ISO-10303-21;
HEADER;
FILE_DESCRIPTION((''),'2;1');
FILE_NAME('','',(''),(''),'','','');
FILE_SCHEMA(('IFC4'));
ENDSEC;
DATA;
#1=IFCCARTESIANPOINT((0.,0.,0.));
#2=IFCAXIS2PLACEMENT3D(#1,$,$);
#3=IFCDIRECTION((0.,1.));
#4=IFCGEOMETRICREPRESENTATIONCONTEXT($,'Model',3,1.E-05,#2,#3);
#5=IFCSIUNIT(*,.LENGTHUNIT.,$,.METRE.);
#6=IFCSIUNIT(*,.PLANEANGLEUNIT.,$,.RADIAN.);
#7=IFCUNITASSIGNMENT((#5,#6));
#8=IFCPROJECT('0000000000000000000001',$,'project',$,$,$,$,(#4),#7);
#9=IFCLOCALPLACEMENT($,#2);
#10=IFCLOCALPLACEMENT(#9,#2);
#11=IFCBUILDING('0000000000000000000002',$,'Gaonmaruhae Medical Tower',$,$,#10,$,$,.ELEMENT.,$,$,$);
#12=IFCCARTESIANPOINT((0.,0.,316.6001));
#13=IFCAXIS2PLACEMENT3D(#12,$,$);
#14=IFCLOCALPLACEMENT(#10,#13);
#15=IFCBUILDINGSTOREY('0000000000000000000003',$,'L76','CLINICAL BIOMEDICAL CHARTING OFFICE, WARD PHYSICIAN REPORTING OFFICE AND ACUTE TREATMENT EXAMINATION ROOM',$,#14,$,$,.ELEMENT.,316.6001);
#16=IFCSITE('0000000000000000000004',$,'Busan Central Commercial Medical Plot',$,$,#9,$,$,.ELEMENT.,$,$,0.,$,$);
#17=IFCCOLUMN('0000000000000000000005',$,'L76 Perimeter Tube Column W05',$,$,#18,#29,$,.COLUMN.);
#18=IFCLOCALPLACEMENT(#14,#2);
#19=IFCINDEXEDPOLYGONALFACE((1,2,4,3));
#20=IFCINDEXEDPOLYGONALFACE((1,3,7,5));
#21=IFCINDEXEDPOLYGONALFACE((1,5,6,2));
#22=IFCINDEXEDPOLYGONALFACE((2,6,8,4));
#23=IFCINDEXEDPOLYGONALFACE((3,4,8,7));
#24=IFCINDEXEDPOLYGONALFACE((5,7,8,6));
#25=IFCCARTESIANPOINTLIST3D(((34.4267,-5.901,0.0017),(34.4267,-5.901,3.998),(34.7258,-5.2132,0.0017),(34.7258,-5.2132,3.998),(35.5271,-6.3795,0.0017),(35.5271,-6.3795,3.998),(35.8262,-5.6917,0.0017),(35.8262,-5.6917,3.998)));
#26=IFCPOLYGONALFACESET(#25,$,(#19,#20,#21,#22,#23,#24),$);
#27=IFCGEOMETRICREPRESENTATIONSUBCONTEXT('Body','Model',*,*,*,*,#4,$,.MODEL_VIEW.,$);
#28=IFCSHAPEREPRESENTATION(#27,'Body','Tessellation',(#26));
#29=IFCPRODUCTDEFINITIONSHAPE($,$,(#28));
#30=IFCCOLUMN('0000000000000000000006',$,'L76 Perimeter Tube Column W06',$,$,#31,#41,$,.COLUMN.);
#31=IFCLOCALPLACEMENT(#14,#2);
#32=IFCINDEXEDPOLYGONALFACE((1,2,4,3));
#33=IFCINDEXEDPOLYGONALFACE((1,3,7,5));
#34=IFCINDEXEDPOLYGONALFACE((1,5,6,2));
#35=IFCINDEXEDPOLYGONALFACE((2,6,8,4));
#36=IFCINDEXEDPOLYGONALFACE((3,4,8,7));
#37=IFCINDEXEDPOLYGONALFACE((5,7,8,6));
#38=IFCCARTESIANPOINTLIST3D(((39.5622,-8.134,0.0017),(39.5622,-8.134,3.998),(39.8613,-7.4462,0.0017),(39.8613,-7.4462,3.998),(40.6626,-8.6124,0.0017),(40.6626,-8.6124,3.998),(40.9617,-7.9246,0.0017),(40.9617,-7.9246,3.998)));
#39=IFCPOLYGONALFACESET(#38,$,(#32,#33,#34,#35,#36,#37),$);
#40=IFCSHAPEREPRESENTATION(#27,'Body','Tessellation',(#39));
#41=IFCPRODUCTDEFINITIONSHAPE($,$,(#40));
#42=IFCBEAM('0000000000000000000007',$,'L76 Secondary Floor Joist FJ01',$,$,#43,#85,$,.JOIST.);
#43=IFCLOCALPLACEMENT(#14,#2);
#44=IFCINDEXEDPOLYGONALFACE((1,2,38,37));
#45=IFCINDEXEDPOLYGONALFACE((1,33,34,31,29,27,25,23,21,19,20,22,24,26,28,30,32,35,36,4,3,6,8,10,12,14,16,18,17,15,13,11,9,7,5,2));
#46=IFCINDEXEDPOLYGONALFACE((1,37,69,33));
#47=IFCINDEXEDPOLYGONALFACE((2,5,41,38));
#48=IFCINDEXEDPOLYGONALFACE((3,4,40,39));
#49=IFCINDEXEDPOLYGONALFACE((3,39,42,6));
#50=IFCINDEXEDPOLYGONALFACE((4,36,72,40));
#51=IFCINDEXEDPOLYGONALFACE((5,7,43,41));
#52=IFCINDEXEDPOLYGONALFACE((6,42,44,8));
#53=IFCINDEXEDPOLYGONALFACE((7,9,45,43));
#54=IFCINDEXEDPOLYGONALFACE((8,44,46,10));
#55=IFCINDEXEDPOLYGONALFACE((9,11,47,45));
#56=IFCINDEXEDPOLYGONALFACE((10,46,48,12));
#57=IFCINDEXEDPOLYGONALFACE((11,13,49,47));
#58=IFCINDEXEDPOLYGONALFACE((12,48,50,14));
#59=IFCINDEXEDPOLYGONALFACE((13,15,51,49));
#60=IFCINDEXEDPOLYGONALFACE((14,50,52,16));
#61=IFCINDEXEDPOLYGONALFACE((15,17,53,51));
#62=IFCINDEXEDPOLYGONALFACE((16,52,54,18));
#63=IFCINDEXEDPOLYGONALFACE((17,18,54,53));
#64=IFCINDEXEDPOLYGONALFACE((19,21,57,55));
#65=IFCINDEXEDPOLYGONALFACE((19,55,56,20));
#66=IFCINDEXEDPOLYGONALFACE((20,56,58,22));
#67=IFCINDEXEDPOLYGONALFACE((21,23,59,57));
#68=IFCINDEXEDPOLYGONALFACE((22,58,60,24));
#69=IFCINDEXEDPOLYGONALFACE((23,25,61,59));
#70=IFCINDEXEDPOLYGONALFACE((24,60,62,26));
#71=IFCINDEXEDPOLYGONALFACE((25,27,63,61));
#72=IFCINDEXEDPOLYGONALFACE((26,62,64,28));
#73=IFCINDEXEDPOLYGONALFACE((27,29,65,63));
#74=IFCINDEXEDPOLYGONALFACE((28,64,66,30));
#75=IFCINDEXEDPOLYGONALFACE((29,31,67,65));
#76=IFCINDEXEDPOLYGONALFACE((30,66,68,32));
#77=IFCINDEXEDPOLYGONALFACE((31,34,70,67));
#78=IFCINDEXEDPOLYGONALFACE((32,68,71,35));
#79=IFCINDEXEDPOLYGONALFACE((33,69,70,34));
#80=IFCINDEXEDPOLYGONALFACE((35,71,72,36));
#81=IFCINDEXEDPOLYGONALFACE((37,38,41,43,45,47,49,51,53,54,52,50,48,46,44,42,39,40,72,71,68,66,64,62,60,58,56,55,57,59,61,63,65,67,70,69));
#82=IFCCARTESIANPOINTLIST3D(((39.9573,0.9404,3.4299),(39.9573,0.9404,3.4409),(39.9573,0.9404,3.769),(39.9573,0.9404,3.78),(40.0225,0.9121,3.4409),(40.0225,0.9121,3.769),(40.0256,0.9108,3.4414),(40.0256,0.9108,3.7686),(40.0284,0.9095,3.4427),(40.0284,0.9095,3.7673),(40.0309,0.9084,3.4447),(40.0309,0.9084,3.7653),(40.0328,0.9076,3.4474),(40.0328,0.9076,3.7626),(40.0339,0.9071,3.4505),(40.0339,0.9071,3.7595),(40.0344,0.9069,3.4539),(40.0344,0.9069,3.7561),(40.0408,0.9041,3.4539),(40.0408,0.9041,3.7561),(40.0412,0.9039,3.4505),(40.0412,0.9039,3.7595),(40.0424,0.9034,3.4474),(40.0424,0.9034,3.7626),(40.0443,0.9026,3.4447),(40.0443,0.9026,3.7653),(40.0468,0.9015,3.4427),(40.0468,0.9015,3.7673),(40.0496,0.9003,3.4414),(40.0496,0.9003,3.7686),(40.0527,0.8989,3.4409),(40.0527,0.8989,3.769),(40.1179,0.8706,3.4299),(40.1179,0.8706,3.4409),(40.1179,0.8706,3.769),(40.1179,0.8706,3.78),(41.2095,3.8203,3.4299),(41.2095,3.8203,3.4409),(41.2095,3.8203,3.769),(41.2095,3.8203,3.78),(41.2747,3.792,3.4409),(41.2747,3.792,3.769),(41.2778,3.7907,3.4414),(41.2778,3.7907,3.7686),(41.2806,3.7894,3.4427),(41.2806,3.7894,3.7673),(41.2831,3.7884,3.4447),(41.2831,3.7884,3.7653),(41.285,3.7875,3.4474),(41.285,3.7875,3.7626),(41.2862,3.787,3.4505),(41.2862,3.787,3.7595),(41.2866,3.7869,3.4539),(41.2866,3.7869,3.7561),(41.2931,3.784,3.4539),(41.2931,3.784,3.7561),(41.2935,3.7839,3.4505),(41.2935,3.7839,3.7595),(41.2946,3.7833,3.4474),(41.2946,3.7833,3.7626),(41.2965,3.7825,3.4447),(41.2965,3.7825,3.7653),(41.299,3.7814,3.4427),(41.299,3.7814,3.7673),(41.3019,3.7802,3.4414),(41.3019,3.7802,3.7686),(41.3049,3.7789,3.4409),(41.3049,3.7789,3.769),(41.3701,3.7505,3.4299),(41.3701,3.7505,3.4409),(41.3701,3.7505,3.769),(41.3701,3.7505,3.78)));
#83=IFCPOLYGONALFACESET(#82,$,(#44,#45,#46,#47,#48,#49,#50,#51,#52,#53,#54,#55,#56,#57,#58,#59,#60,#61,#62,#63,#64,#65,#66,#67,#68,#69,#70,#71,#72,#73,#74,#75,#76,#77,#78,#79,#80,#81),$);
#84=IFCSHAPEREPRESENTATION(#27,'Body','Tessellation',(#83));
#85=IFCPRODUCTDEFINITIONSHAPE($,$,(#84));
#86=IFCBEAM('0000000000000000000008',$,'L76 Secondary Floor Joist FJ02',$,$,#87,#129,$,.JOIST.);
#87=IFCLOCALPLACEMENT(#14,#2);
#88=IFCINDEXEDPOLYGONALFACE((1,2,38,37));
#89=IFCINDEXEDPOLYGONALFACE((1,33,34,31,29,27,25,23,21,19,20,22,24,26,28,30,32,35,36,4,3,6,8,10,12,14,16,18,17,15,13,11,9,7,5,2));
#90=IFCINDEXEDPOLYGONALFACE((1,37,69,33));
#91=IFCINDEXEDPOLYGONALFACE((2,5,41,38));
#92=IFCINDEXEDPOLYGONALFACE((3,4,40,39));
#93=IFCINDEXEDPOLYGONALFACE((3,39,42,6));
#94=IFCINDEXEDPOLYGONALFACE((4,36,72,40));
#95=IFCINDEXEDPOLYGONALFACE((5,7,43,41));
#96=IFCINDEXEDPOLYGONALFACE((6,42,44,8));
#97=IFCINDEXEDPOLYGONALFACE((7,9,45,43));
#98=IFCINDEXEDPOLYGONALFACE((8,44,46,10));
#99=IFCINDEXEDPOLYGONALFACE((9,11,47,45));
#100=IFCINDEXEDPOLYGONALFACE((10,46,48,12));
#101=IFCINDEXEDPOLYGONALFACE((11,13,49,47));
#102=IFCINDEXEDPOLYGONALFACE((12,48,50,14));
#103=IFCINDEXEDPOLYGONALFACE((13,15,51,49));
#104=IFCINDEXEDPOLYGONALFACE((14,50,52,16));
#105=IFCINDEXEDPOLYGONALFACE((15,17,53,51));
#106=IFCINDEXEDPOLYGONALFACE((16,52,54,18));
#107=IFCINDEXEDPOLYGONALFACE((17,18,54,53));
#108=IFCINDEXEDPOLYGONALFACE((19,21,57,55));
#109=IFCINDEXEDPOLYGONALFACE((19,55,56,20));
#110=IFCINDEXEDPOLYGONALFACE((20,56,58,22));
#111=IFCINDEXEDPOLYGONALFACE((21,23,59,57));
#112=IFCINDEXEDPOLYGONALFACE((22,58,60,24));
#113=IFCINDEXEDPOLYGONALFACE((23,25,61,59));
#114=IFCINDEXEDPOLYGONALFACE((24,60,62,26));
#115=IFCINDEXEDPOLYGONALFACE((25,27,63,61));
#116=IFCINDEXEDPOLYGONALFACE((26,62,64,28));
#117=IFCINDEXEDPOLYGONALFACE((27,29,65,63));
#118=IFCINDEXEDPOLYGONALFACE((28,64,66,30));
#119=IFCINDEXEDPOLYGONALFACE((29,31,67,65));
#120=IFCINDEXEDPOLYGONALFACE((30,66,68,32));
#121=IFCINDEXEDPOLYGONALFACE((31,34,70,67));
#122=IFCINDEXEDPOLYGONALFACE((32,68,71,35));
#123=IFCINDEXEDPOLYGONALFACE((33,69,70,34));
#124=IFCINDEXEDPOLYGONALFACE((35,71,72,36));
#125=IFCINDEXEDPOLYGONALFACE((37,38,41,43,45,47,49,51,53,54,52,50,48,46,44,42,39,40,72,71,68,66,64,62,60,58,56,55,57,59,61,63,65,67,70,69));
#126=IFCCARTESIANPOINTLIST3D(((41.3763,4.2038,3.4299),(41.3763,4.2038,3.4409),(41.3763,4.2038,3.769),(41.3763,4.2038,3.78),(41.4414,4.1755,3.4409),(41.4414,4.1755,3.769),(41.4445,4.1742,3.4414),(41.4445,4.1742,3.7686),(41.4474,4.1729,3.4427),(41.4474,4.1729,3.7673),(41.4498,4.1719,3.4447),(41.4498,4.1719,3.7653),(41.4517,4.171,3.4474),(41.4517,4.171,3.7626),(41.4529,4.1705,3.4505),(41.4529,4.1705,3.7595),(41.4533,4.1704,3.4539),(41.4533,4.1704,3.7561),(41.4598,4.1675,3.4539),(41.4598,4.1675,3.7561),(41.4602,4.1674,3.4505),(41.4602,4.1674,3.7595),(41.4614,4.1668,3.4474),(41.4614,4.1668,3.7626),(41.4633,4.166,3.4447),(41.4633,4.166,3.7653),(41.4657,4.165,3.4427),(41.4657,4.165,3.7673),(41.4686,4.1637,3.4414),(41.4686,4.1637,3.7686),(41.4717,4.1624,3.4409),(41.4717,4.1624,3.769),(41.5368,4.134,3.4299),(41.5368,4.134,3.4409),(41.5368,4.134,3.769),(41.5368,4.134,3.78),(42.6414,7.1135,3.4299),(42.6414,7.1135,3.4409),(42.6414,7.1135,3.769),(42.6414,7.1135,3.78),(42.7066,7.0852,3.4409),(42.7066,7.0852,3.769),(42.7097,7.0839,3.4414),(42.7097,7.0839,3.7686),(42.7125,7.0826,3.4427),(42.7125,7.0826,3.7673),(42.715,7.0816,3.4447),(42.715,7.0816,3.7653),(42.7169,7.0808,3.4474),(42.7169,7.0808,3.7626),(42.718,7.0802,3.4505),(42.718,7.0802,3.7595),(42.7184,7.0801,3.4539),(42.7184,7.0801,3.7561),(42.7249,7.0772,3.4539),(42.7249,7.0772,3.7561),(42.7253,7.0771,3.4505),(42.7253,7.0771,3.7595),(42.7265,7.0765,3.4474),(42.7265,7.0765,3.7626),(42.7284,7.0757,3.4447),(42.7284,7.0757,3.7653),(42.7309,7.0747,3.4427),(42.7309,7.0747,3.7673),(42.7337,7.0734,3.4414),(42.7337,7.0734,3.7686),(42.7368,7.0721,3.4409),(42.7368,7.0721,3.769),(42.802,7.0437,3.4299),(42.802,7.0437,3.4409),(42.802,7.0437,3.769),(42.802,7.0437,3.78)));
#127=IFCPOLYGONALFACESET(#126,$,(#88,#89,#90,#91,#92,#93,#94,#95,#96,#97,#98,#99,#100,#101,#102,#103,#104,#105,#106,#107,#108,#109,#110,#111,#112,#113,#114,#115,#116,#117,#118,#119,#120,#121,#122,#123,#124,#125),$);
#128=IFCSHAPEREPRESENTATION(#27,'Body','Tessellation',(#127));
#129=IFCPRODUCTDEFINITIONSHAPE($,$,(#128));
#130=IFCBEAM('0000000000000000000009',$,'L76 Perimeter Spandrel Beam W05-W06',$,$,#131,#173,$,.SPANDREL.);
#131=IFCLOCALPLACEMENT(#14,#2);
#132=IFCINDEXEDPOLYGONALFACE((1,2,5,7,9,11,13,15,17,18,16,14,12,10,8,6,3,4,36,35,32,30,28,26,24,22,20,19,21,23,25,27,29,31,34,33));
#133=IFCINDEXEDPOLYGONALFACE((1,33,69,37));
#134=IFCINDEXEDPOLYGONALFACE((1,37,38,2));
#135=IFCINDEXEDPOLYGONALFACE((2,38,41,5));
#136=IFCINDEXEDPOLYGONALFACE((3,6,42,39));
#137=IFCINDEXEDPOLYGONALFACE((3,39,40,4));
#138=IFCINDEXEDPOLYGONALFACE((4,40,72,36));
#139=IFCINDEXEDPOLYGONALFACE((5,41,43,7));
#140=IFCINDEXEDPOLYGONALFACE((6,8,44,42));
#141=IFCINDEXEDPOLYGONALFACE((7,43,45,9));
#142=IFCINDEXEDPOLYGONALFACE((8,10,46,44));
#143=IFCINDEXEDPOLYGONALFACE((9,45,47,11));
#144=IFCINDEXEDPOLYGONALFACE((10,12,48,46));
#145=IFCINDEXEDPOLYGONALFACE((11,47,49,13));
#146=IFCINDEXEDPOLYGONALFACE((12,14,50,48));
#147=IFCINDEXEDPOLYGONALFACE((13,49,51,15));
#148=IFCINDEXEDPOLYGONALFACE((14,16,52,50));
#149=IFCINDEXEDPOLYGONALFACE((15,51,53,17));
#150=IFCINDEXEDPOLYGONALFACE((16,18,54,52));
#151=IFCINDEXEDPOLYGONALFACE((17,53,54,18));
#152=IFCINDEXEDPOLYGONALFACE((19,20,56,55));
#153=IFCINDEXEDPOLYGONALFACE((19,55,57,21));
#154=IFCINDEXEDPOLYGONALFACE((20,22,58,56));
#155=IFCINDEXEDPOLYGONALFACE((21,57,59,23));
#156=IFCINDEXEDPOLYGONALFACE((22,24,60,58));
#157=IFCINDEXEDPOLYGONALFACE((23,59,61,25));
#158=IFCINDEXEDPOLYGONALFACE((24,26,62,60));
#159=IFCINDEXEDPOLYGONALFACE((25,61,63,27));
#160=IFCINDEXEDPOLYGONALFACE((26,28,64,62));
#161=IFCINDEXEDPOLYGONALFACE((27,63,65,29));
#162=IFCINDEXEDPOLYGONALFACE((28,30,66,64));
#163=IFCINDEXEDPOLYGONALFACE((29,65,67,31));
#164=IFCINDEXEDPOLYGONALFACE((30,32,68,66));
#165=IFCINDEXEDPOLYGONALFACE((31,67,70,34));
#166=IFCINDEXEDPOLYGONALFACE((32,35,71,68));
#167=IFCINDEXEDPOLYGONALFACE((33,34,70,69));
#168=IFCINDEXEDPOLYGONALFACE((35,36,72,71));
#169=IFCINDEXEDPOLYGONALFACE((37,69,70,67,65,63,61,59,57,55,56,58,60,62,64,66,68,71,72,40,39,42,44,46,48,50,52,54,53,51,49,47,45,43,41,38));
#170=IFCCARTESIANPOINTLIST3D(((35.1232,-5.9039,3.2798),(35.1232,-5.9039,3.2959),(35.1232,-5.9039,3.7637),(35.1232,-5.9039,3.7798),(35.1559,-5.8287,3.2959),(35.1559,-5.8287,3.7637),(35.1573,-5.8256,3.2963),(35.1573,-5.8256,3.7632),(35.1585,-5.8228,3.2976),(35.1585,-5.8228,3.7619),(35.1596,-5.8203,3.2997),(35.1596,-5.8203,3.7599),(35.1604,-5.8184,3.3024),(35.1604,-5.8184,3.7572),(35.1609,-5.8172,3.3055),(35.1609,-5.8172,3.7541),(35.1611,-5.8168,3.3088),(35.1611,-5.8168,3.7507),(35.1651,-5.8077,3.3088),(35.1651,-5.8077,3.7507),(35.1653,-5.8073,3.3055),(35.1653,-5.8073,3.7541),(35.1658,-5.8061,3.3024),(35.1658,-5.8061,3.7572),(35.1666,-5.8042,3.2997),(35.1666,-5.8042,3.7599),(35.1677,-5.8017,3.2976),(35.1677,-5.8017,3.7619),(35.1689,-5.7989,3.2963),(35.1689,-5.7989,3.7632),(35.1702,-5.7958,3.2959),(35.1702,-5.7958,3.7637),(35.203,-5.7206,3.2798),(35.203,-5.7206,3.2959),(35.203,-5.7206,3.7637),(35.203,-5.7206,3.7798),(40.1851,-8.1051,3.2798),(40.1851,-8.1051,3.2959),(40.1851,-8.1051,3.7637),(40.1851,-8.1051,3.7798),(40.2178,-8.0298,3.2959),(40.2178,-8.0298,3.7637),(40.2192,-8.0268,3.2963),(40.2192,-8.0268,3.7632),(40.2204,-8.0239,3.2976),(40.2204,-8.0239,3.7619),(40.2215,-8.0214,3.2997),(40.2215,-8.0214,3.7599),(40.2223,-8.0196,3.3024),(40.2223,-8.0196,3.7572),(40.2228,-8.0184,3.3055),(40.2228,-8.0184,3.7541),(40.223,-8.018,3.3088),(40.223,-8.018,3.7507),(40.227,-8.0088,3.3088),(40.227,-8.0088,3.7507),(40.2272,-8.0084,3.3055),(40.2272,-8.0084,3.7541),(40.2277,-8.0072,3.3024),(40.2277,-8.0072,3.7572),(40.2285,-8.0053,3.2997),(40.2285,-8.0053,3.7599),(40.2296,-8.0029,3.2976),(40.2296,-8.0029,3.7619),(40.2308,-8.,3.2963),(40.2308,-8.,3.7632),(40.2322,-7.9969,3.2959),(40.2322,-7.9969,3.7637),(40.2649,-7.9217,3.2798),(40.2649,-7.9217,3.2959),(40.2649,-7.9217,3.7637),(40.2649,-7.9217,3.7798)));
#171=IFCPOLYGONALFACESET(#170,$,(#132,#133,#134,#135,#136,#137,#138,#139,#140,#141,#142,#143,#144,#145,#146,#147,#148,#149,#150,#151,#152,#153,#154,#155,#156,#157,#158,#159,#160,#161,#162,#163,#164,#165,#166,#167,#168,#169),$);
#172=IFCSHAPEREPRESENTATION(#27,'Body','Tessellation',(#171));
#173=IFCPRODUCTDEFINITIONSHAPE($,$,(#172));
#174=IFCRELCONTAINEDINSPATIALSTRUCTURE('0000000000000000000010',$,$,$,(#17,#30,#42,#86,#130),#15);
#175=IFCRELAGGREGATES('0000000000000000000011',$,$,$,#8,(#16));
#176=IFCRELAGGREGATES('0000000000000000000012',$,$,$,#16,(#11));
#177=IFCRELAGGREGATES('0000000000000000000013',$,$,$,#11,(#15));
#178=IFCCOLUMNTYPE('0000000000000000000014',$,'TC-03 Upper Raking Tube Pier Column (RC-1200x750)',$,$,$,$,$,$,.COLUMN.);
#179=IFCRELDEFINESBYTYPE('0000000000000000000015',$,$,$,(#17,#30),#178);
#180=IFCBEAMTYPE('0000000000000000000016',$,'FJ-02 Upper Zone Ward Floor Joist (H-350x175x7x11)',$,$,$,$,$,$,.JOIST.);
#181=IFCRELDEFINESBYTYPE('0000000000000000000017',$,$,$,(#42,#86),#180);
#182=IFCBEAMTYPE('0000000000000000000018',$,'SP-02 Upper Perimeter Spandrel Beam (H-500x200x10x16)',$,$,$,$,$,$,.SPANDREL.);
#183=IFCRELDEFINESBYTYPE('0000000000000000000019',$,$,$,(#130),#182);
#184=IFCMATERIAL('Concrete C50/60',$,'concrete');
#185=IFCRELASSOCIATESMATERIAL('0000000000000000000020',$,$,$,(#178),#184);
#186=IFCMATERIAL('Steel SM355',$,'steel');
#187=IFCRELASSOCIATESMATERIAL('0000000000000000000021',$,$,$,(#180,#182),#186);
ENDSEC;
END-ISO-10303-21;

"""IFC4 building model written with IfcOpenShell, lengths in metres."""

from ifc_helpers import new_model, si_unit, direction, frame, origin, origin_2d, place, context, subcontext, project, spatial, rectangle, i_section, extrude, material, material_profile, profile_set, type_object, element, save


model = new_model("IFC4")

# Units and contexts
model_context = context("Model", 3, precision=1e-05, world=origin(), true_north=direction((0.0, 1.0)))
body_context = subcontext(model_context, "Body", "Model", "MODEL_VIEW")
ifc_project = project(units=[si_unit("LENGTHUNIT", "METRE"), si_unit("PLANEANGLEUNIT", "RADIAN")], contexts=[model_context])

# Site, building, storey
site_placement = place(None, origin())
site = spatial("IfcSite", under=ifc_project, at=site_placement, Name="Busan Central Commercial Medical Plot", CompositionType="ELEMENT", RefElevation=0.0)
building_placement = place(site_placement, origin())
building = spatial("IfcBuilding", under=site, at=building_placement, Name="Gaonmaruhae Medical Tower", CompositionType="ELEMENT")
storey_placement = place(building_placement, frame((0.0, 0.0, 316.6001)))
storey = spatial("IfcBuildingStorey", under=building, at=storey_placement, Name="L76", Description="CLINICAL BIOMEDICAL CHARTING OFFICE, WARD PHYSICIAN REPORTING OFFICE AND ACUTE TREATMENT EXAMINATION ROOM", CompositionType="ELEMENT", Elevation=316.6001)

# Columns
ifc_material_1 = material(Name="Concrete C50/60", Category="concrete")
ifc_material_profile_1 = material_profile(ifc_material_1, rectangle(XDim=1.2, YDim=0.75, at=origin_2d()), Name="RC-1200x750")
ifc_profile_set_1 = profile_set([ifc_material_profile_1], Name="Concrete C50/60")
column_type = type_object("IfcColumnType", Name="TC-03 Upper Raking Tube Pier Column (RC-1200x750)", PredefinedType="COLUMN", material=ifc_profile_set_1)
for number, where, z_axis, x_axis, name in (
    (1, (35.1265, -5.7964, 0.0017), (0.0, 0.0, 1.0), (-0.91706, 0.398749, 0.0), "L76 Perimeter Tube Column W05"),
    (2, (40.262, -8.0293, 0.0017), (0.0, 0.0, 1.0), (-0.91706, 0.398749, 0.0), "L76 Perimeter Tube Column W06"),
):
    element("IfcColumn", number, at=place(storey_placement, frame(where, z_axis=z_axis, x_axis=x_axis)), inside=storey, type_object=column_type, Name=name, PredefinedType="COLUMN", context=body_context, shape_type="SweptSolid", body=[
        extrude(rectangle(XDim=1.2, YDim=0.75, at=origin_2d()), origin(), (0.0, 0.0, 1.0), 3.9963),
    ])

# Beams
ifc_material_2 = material(Name="Steel SM355", Category="steel")
ifc_material_profile_2 = material_profile(ifc_material_2, i_section(OverallWidth=0.175, OverallDepth=0.3501, WebThickness=0.0071, FlangeThickness=0.011, FilletRadius=0.0129, at=origin_2d()), Name="H-350x175x7x11")
ifc_profile_set_2 = profile_set([ifc_material_profile_2], Name="Steel SM355")
beam_type_1 = type_object("IfcBeamType", Name="FJ-02 Upper Zone Ward Floor Joist (H-350x175x7x11)", PredefinedType="JOIST", material=ifc_profile_set_2)
beam_1_placement = place(storey_placement, frame((40.0376, 0.9055, 3.605), z_axis=(0.398746, 0.917061, 0.0), x_axis=(-0.917061, 0.398746, 0.0)))
element("IfcBeam", 3, at=beam_1_placement, inside=storey, type_object=beam_type_1, Name="L76 Secondary Floor Joist FJ01", PredefinedType="JOIST", context=body_context, shape_type="SweptSolid", body=[
    extrude(i_section(OverallWidth=0.175, OverallDepth=0.3501, WebThickness=0.0071, FlangeThickness=0.011, FilletRadius=0.0129, at=origin_2d()), origin(), (0.0, 0.0, 1.0), 3.1404),
])
beam_2_placement = place(storey_placement, frame((41.4565, 4.1689, 3.605), z_axis=(0.398743, 0.917063, 0.0), x_axis=(-0.917063, 0.398743, 0.0)))
element("IfcBeam", 4, at=beam_2_placement, inside=storey, type_object=beam_type_1, Name="L76 Secondary Floor Joist FJ02", PredefinedType="JOIST", context=body_context, shape_type="SweptSolid", body=[
    extrude(i_section(OverallWidth=0.175, OverallDepth=0.3501, WebThickness=0.0071, FlangeThickness=0.011, FilletRadius=0.0129, at=origin_2d()), origin(), (0.0, 0.0, 1.0), 3.1729),
])
ifc_material_profile_3 = material_profile(ifc_material_2, i_section(OverallWidth=0.2, OverallDepth=0.5, WebThickness=0.01, FlangeThickness=0.0161, FilletRadius=0.0129, at=origin_2d()), Name="H-500x200x10x16")
ifc_profile_set_3 = profile_set([ifc_material_profile_3], Name="Steel SM355")
beam_type_2 = type_object("IfcBeamType", Name="SP-02 Upper Perimeter Spandrel Beam (H-500x200x10x16)", PredefinedType="SPANDREL", material=ifc_profile_set_3)
beam_3_placement = place(storey_placement, frame((35.1631, -5.8123, 3.5298), z_axis=(0.91705, -0.398771, 0.0), x_axis=(0.398771, 0.91705, 0.0)))
element("IfcBeam", 5, at=beam_3_placement, inside=storey, type_object=beam_type_2, Name="L76 Perimeter Spandrel Beam W05-W06", PredefinedType="SPANDREL", context=body_context, shape_type="SweptSolid", body=[
    extrude(i_section(OverallWidth=0.2, OverallDepth=0.5, WebThickness=0.01, FlangeThickness=0.0161, FilletRadius=0.0129, at=origin_2d()), origin(), (0.0, 0.0, 1.0), 5.5198),
])

save(model, "model.ifc")
